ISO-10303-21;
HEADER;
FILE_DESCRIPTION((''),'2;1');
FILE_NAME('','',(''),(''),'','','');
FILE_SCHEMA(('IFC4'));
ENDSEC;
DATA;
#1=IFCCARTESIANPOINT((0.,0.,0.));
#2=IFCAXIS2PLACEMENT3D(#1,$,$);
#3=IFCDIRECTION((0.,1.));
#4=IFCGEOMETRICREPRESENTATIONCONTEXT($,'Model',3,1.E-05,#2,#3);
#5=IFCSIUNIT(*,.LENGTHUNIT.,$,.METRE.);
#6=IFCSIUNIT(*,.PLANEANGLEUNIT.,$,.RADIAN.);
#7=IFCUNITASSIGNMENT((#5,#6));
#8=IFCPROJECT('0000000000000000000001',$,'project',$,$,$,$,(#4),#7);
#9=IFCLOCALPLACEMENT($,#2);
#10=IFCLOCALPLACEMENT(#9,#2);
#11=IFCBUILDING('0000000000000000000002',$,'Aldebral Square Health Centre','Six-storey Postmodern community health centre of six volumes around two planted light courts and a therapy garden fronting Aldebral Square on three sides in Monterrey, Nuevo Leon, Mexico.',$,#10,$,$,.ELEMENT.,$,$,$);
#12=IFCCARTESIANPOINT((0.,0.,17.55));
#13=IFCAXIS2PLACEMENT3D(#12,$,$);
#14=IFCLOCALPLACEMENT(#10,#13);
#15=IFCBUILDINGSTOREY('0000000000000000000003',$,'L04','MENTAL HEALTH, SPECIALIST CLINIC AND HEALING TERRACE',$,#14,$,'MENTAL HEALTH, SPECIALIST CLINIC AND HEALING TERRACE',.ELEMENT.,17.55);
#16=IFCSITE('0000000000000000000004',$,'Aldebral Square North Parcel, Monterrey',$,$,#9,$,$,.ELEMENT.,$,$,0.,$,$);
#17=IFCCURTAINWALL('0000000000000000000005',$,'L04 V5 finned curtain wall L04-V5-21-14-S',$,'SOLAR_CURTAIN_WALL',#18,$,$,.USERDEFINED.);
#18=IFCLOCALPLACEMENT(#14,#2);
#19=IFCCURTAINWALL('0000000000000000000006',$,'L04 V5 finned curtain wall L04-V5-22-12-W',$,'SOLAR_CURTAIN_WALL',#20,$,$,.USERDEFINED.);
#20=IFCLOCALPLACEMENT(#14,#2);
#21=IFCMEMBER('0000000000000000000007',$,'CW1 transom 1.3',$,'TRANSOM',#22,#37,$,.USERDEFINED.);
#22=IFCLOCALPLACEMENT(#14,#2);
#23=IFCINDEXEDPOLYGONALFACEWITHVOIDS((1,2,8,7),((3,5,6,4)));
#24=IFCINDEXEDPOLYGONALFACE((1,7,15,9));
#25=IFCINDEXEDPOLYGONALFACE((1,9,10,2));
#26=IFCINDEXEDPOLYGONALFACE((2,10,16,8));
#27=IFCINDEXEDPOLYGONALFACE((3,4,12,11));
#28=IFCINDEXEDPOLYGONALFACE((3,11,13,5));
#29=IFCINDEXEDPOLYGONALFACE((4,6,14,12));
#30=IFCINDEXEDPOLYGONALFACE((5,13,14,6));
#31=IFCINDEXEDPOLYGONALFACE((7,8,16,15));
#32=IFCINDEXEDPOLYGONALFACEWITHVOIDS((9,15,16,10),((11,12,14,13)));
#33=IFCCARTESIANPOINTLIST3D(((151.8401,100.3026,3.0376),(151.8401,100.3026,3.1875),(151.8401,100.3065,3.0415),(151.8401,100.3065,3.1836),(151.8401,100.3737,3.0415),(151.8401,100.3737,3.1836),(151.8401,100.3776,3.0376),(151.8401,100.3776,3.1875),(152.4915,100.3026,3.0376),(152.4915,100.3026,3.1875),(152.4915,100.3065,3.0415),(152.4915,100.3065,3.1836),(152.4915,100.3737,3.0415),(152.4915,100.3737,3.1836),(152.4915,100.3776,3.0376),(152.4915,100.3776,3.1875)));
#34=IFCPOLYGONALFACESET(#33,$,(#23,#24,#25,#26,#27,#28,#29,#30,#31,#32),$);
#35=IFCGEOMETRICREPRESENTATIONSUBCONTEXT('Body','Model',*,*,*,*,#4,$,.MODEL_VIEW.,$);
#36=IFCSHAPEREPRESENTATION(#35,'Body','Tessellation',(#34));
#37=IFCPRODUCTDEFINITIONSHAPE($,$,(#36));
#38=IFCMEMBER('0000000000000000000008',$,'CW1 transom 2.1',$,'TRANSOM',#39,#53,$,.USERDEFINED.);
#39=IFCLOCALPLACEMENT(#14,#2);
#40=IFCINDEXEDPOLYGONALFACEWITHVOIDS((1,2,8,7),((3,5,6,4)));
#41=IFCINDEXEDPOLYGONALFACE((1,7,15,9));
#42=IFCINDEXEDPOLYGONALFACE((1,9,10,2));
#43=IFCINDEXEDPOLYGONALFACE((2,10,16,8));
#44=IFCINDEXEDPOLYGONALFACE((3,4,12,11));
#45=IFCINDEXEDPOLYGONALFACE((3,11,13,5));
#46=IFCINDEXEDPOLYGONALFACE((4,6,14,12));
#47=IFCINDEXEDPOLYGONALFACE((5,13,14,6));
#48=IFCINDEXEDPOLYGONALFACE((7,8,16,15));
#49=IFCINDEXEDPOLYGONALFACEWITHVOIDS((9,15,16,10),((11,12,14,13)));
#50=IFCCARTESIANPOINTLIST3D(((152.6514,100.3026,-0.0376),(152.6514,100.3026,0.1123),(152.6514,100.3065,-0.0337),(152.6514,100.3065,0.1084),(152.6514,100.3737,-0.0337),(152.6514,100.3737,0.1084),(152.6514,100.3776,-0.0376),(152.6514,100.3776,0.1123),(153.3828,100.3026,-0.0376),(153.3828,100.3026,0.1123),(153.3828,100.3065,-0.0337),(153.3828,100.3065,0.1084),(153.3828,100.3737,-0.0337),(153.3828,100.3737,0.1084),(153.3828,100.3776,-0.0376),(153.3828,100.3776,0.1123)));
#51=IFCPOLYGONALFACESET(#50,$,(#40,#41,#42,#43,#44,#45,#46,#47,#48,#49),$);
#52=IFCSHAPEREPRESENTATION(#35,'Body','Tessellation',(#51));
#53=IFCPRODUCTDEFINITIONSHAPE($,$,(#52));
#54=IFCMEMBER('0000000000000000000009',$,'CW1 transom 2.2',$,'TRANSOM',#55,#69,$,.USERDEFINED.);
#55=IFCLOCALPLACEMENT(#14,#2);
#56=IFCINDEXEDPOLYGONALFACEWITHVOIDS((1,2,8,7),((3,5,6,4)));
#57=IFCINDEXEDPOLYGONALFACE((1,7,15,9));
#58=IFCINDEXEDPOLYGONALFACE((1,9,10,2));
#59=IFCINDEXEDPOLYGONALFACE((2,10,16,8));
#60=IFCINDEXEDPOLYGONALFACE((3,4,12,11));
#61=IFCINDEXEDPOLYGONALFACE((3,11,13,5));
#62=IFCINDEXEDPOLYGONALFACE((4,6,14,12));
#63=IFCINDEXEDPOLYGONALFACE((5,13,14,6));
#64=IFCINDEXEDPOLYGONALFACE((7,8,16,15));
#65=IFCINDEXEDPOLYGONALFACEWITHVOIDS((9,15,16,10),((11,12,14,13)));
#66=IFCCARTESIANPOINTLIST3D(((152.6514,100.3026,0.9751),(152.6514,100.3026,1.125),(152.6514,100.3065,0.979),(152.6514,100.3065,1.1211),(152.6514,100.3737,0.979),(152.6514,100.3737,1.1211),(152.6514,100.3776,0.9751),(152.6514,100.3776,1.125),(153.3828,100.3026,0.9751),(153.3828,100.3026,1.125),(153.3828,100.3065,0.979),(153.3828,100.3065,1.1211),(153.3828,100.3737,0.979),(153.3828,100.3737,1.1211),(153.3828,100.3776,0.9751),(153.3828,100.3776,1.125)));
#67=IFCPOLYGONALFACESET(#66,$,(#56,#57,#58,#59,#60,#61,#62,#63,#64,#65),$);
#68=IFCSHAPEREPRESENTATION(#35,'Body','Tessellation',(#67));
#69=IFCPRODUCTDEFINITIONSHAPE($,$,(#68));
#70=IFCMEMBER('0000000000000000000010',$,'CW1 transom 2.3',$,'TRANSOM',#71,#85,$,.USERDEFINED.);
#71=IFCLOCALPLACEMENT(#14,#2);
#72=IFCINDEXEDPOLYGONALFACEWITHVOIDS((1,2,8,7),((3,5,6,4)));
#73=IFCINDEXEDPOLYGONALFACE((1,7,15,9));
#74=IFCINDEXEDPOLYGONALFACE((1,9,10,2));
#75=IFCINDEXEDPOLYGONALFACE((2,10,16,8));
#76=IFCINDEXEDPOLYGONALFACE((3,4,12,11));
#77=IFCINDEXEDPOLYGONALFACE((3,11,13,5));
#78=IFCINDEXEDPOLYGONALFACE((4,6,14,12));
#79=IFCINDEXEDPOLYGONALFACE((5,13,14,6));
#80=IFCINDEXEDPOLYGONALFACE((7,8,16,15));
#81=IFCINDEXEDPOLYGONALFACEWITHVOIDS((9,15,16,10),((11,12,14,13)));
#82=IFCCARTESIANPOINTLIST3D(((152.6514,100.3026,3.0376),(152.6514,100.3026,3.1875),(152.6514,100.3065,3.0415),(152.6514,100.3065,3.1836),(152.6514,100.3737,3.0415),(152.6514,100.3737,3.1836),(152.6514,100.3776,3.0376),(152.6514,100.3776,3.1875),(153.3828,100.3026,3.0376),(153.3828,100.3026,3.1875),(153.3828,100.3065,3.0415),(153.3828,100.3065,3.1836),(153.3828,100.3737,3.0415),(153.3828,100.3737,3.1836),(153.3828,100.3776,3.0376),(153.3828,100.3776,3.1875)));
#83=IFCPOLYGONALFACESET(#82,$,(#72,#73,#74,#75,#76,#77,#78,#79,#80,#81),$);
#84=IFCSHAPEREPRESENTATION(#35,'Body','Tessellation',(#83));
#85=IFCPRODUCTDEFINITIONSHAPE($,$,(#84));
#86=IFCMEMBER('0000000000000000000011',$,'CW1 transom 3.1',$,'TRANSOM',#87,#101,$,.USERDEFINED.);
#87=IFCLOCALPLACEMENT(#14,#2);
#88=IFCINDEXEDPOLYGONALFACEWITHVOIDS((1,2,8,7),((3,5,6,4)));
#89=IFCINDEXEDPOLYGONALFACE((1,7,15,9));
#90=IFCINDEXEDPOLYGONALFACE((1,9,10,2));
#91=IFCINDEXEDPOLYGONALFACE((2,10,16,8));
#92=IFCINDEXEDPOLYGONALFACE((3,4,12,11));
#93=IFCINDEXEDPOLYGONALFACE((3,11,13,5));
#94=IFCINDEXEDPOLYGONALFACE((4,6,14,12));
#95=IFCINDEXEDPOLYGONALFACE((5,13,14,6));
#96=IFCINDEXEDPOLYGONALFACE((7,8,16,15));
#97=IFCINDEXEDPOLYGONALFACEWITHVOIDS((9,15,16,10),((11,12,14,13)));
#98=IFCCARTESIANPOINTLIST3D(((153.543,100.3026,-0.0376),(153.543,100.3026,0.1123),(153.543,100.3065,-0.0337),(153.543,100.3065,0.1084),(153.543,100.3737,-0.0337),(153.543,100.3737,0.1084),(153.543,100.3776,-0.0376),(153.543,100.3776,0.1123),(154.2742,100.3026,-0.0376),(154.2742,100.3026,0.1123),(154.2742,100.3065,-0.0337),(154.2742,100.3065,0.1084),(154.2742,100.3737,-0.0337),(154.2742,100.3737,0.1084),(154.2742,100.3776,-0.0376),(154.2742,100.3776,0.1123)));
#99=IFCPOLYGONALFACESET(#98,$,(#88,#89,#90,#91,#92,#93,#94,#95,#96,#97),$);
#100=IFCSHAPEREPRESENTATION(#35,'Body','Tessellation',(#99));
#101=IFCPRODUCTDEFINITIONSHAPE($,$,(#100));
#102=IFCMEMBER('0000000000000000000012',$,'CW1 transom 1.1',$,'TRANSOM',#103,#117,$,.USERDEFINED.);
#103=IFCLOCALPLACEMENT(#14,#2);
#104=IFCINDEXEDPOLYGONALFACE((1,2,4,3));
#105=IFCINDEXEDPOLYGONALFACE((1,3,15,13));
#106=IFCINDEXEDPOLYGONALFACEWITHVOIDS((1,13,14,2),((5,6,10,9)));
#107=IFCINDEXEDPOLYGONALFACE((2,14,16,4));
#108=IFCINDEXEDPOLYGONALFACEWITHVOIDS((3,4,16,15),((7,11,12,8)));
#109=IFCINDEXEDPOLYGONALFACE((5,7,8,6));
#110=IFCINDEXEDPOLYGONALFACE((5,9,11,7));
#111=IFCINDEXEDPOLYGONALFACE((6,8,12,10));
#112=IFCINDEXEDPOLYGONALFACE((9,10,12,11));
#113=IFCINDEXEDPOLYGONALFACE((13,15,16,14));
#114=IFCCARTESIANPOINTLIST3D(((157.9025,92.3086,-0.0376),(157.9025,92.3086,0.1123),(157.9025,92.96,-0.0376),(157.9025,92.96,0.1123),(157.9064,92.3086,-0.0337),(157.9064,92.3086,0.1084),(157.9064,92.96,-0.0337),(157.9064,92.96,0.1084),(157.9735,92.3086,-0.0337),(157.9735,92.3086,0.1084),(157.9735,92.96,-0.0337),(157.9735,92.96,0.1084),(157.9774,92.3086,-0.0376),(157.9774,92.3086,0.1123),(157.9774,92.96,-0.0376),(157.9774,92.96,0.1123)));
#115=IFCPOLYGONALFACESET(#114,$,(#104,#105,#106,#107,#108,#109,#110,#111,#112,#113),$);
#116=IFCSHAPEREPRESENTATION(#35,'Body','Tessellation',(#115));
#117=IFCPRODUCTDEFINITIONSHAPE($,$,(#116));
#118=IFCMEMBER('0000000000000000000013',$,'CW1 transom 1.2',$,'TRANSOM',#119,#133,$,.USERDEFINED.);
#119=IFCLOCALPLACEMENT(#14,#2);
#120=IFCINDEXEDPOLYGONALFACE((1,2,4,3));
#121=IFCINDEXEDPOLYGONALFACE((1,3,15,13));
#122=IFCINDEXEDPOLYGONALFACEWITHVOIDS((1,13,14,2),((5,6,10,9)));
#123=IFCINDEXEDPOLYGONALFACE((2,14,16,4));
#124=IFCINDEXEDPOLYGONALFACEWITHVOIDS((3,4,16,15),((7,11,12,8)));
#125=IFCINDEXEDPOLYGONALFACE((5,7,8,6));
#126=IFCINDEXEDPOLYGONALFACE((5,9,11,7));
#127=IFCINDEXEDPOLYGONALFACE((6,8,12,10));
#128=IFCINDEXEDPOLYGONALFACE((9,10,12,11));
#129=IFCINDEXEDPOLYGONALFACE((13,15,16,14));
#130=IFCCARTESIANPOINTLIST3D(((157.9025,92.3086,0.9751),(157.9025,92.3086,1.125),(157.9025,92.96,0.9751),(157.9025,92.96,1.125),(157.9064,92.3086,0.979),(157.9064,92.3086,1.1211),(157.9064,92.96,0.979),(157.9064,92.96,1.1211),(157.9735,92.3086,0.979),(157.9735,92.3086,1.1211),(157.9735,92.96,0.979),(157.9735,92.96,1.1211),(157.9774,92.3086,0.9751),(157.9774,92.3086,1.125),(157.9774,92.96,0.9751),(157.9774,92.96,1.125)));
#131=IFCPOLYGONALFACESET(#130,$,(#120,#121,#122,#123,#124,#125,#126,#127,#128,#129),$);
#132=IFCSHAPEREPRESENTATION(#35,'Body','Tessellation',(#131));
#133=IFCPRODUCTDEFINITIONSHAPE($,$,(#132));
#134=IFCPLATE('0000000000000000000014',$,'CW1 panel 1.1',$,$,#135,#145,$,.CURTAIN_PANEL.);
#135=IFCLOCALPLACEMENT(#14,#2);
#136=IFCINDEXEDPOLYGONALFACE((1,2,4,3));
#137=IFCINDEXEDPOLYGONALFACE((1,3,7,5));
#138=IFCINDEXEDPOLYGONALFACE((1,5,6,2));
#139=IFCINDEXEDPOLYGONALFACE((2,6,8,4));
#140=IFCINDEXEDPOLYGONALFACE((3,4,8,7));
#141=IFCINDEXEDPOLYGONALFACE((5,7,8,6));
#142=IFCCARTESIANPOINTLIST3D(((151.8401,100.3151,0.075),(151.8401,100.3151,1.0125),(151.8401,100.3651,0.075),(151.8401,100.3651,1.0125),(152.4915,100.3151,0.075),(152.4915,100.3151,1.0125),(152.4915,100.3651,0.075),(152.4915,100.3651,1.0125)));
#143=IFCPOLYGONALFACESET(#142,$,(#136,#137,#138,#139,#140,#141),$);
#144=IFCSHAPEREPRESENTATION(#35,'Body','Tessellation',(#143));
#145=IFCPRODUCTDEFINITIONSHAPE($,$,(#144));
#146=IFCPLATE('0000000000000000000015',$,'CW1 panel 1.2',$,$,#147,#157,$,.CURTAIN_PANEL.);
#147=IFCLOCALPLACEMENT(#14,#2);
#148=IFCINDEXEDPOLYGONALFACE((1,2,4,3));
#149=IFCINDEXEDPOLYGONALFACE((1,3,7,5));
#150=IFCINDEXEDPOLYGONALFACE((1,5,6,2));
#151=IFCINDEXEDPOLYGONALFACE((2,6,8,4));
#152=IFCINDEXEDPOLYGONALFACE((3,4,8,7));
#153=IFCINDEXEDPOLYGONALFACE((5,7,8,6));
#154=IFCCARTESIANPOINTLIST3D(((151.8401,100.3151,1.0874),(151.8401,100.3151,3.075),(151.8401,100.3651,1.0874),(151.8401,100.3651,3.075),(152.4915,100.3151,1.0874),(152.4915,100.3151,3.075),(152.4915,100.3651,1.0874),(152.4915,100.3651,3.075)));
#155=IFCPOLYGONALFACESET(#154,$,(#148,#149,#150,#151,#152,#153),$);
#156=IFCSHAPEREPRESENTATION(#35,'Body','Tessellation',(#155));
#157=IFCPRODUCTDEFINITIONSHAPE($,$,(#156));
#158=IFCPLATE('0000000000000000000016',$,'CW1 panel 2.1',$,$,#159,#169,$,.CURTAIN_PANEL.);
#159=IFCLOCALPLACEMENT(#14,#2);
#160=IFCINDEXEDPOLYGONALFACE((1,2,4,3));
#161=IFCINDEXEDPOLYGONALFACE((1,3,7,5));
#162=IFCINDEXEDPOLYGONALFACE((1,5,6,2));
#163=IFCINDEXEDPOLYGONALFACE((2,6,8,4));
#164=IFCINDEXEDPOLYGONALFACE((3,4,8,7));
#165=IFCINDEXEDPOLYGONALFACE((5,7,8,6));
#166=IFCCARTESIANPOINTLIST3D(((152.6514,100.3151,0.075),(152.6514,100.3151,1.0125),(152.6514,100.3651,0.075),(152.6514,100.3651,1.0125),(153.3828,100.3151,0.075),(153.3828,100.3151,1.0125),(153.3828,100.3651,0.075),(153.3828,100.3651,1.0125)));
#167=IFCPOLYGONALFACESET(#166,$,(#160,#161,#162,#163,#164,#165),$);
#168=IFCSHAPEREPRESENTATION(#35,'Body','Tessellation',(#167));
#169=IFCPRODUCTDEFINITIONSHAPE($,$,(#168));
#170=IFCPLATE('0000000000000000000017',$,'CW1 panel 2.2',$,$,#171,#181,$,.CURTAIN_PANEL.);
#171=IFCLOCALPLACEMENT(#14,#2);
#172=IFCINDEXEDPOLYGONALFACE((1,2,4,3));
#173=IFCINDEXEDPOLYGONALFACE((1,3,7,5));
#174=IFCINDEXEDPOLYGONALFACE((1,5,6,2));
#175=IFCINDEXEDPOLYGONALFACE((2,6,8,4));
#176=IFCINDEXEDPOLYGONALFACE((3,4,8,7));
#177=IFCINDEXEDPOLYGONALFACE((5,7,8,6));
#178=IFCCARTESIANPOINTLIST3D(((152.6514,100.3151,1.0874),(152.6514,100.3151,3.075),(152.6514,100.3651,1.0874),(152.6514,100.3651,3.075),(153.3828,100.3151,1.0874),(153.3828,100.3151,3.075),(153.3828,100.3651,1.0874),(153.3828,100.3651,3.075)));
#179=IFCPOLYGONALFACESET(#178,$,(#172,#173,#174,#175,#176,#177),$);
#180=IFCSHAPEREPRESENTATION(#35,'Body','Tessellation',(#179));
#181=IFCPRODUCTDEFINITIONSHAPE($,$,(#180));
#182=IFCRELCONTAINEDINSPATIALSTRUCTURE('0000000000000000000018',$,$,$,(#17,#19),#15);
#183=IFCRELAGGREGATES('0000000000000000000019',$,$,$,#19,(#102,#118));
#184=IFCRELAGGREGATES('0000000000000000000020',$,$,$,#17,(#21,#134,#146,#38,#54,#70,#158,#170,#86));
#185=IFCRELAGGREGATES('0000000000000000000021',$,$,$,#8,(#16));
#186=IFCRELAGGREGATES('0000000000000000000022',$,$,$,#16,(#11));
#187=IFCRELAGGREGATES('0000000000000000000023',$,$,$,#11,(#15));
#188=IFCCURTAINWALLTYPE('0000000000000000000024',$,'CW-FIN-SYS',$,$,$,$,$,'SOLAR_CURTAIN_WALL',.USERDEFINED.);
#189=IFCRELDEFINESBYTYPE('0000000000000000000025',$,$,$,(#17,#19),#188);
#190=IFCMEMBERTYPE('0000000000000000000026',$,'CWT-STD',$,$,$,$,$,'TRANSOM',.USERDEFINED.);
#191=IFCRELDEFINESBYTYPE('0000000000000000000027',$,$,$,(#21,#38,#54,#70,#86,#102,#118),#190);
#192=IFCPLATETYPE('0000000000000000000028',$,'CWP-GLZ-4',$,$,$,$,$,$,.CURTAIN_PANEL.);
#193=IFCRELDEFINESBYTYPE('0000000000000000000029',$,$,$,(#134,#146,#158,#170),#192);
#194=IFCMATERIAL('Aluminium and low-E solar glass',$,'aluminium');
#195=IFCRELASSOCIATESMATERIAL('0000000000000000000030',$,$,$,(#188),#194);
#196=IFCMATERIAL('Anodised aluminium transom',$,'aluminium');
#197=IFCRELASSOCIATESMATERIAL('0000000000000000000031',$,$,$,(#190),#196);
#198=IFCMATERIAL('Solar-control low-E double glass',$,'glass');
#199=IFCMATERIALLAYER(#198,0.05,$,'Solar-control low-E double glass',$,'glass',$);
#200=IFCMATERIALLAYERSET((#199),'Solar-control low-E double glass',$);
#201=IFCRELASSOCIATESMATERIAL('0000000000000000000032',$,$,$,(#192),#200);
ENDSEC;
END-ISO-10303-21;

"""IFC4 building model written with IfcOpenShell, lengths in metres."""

from ifc_helpers import new_model, si_unit, direction, frame, origin, origin_2d, place, context, subcontext, project, spatial, rectangle, hollow_rectangle, extrude, material, layer, layer_set, material_profile, profile_set, type_object, element, aggregate, save


model = new_model("IFC4")

# Units and contexts
model_context = context("Model", 3, precision=1e-05, world=origin(), true_north=direction((0.0, 1.0)))
body_context = subcontext(model_context, "Body", "Model", "MODEL_VIEW")
ifc_project = project(units=[si_unit("LENGTHUNIT", "METRE"), si_unit("PLANEANGLEUNIT", "RADIAN")], contexts=[model_context])

# Site, building, storey
site_placement = place(None, origin())
site = spatial("IfcSite", under=ifc_project, at=site_placement, Name="Aldebral Square North Parcel, Monterrey", CompositionType="ELEMENT", RefElevation=0.0)
building_placement = place(site_placement, origin())
building = spatial("IfcBuilding", under=site, at=building_placement, Name="Aldebral Square Health Centre", Description="Six-storey Postmodern community health centre of six volumes around two planted light courts and a therapy garden fronting Aldebral Square on three sides in Monterrey, Nuevo Leon, Mexico.", CompositionType="ELEMENT")
storey_placement = place(building_placement, frame((0.0, 0.0, 17.55)))
storey = spatial("IfcBuildingStorey", under=building, at=storey_placement, Name="L04", Description="MENTAL HEALTH, SPECIALIST CLINIC AND HEALING TERRACE", LongName="MENTAL HEALTH, SPECIALIST CLINIC AND HEALING TERRACE", CompositionType="ELEMENT", Elevation=17.55)

# Curtain walls
ifc_material_1 = material(Name="Aluminium and low-E solar glass", Category="aluminium")
curtain_wall_type = type_object("IfcCurtainWallType", Name="CW-FIN-SYS", ElementType="SOLAR_CURTAIN_WALL", PredefinedType="USERDEFINED", material=ifc_material_1)
curtain_wall_1_placement = place(storey_placement, origin())
curtain_wall_1 = element("IfcCurtainWall", 1, at=curtain_wall_1_placement, inside=storey, type_object=curtain_wall_type, Name="L04 V5 finned curtain wall L04-V5-21-14-S", ObjectType="SOLAR_CURTAIN_WALL", PredefinedType="USERDEFINED")
curtain_wall_2_placement = place(storey_placement, origin())
curtain_wall_2 = element("IfcCurtainWall", 2, at=curtain_wall_2_placement, inside=storey, type_object=curtain_wall_type, Name="L04 V5 finned curtain wall L04-V5-22-12-W", ObjectType="SOLAR_CURTAIN_WALL", PredefinedType="USERDEFINED")

# Members
ifc_material_2 = material(Name="Anodised aluminium transom", Category="aluminium")
ifc_material_profile_1 = material_profile(ifc_material_2, hollow_rectangle(XDim=0.075, YDim=0.1499, WallThickness=0.0039, at=origin_2d()), Name="CWT 75x150x4")
ifc_profile_set_1 = profile_set([ifc_material_profile_1], Name="Anodised aluminium transom")
member_type_1 = type_object("IfcMemberType", Name="CWT-STD", ElementType="TRANSOM", PredefinedType="USERDEFINED", material=ifc_profile_set_1)
member_1_placement = place(storey_placement, frame((151.8401, 100.3401, 3.1125), z_axis=(1.0, 0.0, 0.0), x_axis=(0.0, 1.0, 0.0)))
member_1 = element("IfcMember", 3, at=member_1_placement, type_object=member_type_1, Name="CW1 transom 1.3", ObjectType="TRANSOM", PredefinedType="USERDEFINED", context=body_context, shape_type="SweptSolid", body=[
    extrude(hollow_rectangle(XDim=0.075, YDim=0.1499, WallThickness=0.0039, at=origin_2d()), origin(), (0.0, 0.0, 1.0), 0.6514),
])
member_2_placement = place(storey_placement, frame((152.6514, 100.3401, 0.0374), z_axis=(1.0, 0.0, 0.0), x_axis=(0.0, 1.0, 0.0)))
member_2 = element("IfcMember", 4, at=member_2_placement, type_object=member_type_1, Name="CW1 transom 2.1", ObjectType="TRANSOM", PredefinedType="USERDEFINED", context=body_context, shape_type="SweptSolid", body=[
    extrude(hollow_rectangle(XDim=0.075, YDim=0.1499, WallThickness=0.0039, at=origin_2d()), origin(), (0.0, 0.0, 1.0), 0.7314),
])
member_3_placement = place(storey_placement, frame((152.6514, 100.3401, 1.05), z_axis=(1.0, 0.0, 0.0), x_axis=(0.0, 1.0, 0.0)))
member_3 = element("IfcMember", 5, at=member_3_placement, type_object=member_type_1, Name="CW1 transom 2.2", ObjectType="TRANSOM", PredefinedType="USERDEFINED", context=body_context, shape_type="SweptSolid", body=[
    extrude(hollow_rectangle(XDim=0.075, YDim=0.1499, WallThickness=0.0039, at=origin_2d()), origin(), (0.0, 0.0, 1.0), 0.7314),
])
member_4_placement = place(storey_placement, frame((152.6514, 100.3401, 3.1125), z_axis=(1.0, 0.0, 0.0), x_axis=(0.0, 1.0, 0.0)))
member_4 = element("IfcMember", 6, at=member_4_placement, type_object=member_type_1, Name="CW1 transom 2.3", ObjectType="TRANSOM", PredefinedType="USERDEFINED", context=body_context, shape_type="SweptSolid", body=[
    extrude(hollow_rectangle(XDim=0.075, YDim=0.1499, WallThickness=0.0039, at=origin_2d()), origin(), (0.0, 0.0, 1.0), 0.7314),
])
member_5_placement = place(storey_placement, frame((153.543, 100.3401, 0.0374), z_axis=(1.0, 0.0, 0.0), x_axis=(0.0, 1.0, 0.0)))
member_5 = element("IfcMember", 7, at=member_5_placement, type_object=member_type_1, Name="CW1 transom 3.1", ObjectType="TRANSOM", PredefinedType="USERDEFINED", context=body_context, shape_type="SweptSolid", body=[
    extrude(hollow_rectangle(XDim=0.075, YDim=0.1499, WallThickness=0.0039, at=origin_2d()), origin(), (0.0, 0.0, 1.0), 0.7312),
])
member_6_placement = place(storey_placement, frame((157.9399, 92.96, 0.0374), z_axis=(0.0, -1.0, 0.0), x_axis=(1.0, 0.0, 0.0)))
member_6 = element("IfcMember", 8, at=member_6_placement, type_object=member_type_1, Name="CW1 transom 1.1", ObjectType="TRANSOM", PredefinedType="USERDEFINED", context=body_context, shape_type="SweptSolid", body=[
    extrude(hollow_rectangle(XDim=0.075, YDim=0.1499, WallThickness=0.0039, at=origin_2d()), origin(), (0.0, 0.0, 1.0), 0.6514),
])
member_7_placement = place(storey_placement, frame((157.9399, 92.96, 1.05), z_axis=(0.0, -1.0, 0.0), x_axis=(1.0, 0.0, 0.0)))
member_7 = element("IfcMember", 9, at=member_7_placement, type_object=member_type_1, Name="CW1 transom 1.2", ObjectType="TRANSOM", PredefinedType="USERDEFINED", context=body_context, shape_type="SweptSolid", body=[
    extrude(hollow_rectangle(XDim=0.075, YDim=0.1499, WallThickness=0.0039, at=origin_2d()), origin(), (0.0, 0.0, 1.0), 0.6514),
])
aggregate(curtain_wall_2, [member_6, member_7])

# Plates
ifc_material_3 = material(Name="Solar-control low-E double glass", Category="glass")
ifc_layer = layer(ifc_material_3, 0.05, Name="Solar-control low-E double glass", Category="glass")
ifc_layer_set = layer_set([ifc_layer], Name="Solar-control low-E double glass")
plate_type = type_object("IfcPlateType", Name="CWP-GLZ-4", PredefinedType="CURTAIN_PANEL", material=ifc_layer_set)
plate_1_placement = place(storey_placement, frame((152.1658, 100.3401, 0.075), z_axis=(0.0, 0.0, 1.0), x_axis=(1.0, 0.0, 0.0)))
plate_1 = element("IfcPlate", 10, at=plate_1_placement, type_object=plate_type, Name="CW1 panel 1.1", PredefinedType="CURTAIN_PANEL", context=body_context, shape_type="SweptSolid", body=[
    extrude(rectangle(XDim=0.6514, YDim=0.05, at=origin_2d()), origin(), (0.0, 0.0, 1.0), 0.9375),
])
plate_2_placement = place(storey_placement, frame((152.1658, 100.3401, 1.0874), z_axis=(0.0, 0.0, 1.0), x_axis=(1.0, 0.0, 0.0)))
plate_2 = element("IfcPlate", 11, at=plate_2_placement, type_object=plate_type, Name="CW1 panel 1.2", PredefinedType="CURTAIN_PANEL", context=body_context, shape_type="SweptSolid", body=[
    extrude(rectangle(XDim=0.6514, YDim=0.05, at=origin_2d()), origin(), (0.0, 0.0, 1.0), 1.9875),
])
plate_3_placement = place(storey_placement, frame((153.0171, 100.3401, 0.075), z_axis=(0.0, 0.0, 1.0), x_axis=(1.0, 0.0, 0.0)))
plate_3 = element("IfcPlate", 12, at=plate_3_placement, type_object=plate_type, Name="CW1 panel 2.1", PredefinedType="CURTAIN_PANEL", context=body_context, shape_type="SweptSolid", body=[
    extrude(rectangle(XDim=0.7314, YDim=0.05, at=origin_2d()), origin(), (0.0, 0.0, 1.0), 0.9375),
])
plate_4_placement = place(storey_placement, frame((153.0171, 100.3401, 1.0874), z_axis=(0.0, 0.0, 1.0), x_axis=(1.0, 0.0, 0.0)))
plate_4 = element("IfcPlate", 13, at=plate_4_placement, type_object=plate_type, Name="CW1 panel 2.2", PredefinedType="CURTAIN_PANEL", context=body_context, shape_type="SweptSolid", body=[
    extrude(rectangle(XDim=0.7314, YDim=0.05, at=origin_2d()), origin(), (0.0, 0.0, 1.0), 1.9875),
])
aggregate(curtain_wall_1, [member_1, plate_1, plate_2, member_2, member_3, member_4, plate_3, plate_4, member_5])

save(model, "model.ifc")
